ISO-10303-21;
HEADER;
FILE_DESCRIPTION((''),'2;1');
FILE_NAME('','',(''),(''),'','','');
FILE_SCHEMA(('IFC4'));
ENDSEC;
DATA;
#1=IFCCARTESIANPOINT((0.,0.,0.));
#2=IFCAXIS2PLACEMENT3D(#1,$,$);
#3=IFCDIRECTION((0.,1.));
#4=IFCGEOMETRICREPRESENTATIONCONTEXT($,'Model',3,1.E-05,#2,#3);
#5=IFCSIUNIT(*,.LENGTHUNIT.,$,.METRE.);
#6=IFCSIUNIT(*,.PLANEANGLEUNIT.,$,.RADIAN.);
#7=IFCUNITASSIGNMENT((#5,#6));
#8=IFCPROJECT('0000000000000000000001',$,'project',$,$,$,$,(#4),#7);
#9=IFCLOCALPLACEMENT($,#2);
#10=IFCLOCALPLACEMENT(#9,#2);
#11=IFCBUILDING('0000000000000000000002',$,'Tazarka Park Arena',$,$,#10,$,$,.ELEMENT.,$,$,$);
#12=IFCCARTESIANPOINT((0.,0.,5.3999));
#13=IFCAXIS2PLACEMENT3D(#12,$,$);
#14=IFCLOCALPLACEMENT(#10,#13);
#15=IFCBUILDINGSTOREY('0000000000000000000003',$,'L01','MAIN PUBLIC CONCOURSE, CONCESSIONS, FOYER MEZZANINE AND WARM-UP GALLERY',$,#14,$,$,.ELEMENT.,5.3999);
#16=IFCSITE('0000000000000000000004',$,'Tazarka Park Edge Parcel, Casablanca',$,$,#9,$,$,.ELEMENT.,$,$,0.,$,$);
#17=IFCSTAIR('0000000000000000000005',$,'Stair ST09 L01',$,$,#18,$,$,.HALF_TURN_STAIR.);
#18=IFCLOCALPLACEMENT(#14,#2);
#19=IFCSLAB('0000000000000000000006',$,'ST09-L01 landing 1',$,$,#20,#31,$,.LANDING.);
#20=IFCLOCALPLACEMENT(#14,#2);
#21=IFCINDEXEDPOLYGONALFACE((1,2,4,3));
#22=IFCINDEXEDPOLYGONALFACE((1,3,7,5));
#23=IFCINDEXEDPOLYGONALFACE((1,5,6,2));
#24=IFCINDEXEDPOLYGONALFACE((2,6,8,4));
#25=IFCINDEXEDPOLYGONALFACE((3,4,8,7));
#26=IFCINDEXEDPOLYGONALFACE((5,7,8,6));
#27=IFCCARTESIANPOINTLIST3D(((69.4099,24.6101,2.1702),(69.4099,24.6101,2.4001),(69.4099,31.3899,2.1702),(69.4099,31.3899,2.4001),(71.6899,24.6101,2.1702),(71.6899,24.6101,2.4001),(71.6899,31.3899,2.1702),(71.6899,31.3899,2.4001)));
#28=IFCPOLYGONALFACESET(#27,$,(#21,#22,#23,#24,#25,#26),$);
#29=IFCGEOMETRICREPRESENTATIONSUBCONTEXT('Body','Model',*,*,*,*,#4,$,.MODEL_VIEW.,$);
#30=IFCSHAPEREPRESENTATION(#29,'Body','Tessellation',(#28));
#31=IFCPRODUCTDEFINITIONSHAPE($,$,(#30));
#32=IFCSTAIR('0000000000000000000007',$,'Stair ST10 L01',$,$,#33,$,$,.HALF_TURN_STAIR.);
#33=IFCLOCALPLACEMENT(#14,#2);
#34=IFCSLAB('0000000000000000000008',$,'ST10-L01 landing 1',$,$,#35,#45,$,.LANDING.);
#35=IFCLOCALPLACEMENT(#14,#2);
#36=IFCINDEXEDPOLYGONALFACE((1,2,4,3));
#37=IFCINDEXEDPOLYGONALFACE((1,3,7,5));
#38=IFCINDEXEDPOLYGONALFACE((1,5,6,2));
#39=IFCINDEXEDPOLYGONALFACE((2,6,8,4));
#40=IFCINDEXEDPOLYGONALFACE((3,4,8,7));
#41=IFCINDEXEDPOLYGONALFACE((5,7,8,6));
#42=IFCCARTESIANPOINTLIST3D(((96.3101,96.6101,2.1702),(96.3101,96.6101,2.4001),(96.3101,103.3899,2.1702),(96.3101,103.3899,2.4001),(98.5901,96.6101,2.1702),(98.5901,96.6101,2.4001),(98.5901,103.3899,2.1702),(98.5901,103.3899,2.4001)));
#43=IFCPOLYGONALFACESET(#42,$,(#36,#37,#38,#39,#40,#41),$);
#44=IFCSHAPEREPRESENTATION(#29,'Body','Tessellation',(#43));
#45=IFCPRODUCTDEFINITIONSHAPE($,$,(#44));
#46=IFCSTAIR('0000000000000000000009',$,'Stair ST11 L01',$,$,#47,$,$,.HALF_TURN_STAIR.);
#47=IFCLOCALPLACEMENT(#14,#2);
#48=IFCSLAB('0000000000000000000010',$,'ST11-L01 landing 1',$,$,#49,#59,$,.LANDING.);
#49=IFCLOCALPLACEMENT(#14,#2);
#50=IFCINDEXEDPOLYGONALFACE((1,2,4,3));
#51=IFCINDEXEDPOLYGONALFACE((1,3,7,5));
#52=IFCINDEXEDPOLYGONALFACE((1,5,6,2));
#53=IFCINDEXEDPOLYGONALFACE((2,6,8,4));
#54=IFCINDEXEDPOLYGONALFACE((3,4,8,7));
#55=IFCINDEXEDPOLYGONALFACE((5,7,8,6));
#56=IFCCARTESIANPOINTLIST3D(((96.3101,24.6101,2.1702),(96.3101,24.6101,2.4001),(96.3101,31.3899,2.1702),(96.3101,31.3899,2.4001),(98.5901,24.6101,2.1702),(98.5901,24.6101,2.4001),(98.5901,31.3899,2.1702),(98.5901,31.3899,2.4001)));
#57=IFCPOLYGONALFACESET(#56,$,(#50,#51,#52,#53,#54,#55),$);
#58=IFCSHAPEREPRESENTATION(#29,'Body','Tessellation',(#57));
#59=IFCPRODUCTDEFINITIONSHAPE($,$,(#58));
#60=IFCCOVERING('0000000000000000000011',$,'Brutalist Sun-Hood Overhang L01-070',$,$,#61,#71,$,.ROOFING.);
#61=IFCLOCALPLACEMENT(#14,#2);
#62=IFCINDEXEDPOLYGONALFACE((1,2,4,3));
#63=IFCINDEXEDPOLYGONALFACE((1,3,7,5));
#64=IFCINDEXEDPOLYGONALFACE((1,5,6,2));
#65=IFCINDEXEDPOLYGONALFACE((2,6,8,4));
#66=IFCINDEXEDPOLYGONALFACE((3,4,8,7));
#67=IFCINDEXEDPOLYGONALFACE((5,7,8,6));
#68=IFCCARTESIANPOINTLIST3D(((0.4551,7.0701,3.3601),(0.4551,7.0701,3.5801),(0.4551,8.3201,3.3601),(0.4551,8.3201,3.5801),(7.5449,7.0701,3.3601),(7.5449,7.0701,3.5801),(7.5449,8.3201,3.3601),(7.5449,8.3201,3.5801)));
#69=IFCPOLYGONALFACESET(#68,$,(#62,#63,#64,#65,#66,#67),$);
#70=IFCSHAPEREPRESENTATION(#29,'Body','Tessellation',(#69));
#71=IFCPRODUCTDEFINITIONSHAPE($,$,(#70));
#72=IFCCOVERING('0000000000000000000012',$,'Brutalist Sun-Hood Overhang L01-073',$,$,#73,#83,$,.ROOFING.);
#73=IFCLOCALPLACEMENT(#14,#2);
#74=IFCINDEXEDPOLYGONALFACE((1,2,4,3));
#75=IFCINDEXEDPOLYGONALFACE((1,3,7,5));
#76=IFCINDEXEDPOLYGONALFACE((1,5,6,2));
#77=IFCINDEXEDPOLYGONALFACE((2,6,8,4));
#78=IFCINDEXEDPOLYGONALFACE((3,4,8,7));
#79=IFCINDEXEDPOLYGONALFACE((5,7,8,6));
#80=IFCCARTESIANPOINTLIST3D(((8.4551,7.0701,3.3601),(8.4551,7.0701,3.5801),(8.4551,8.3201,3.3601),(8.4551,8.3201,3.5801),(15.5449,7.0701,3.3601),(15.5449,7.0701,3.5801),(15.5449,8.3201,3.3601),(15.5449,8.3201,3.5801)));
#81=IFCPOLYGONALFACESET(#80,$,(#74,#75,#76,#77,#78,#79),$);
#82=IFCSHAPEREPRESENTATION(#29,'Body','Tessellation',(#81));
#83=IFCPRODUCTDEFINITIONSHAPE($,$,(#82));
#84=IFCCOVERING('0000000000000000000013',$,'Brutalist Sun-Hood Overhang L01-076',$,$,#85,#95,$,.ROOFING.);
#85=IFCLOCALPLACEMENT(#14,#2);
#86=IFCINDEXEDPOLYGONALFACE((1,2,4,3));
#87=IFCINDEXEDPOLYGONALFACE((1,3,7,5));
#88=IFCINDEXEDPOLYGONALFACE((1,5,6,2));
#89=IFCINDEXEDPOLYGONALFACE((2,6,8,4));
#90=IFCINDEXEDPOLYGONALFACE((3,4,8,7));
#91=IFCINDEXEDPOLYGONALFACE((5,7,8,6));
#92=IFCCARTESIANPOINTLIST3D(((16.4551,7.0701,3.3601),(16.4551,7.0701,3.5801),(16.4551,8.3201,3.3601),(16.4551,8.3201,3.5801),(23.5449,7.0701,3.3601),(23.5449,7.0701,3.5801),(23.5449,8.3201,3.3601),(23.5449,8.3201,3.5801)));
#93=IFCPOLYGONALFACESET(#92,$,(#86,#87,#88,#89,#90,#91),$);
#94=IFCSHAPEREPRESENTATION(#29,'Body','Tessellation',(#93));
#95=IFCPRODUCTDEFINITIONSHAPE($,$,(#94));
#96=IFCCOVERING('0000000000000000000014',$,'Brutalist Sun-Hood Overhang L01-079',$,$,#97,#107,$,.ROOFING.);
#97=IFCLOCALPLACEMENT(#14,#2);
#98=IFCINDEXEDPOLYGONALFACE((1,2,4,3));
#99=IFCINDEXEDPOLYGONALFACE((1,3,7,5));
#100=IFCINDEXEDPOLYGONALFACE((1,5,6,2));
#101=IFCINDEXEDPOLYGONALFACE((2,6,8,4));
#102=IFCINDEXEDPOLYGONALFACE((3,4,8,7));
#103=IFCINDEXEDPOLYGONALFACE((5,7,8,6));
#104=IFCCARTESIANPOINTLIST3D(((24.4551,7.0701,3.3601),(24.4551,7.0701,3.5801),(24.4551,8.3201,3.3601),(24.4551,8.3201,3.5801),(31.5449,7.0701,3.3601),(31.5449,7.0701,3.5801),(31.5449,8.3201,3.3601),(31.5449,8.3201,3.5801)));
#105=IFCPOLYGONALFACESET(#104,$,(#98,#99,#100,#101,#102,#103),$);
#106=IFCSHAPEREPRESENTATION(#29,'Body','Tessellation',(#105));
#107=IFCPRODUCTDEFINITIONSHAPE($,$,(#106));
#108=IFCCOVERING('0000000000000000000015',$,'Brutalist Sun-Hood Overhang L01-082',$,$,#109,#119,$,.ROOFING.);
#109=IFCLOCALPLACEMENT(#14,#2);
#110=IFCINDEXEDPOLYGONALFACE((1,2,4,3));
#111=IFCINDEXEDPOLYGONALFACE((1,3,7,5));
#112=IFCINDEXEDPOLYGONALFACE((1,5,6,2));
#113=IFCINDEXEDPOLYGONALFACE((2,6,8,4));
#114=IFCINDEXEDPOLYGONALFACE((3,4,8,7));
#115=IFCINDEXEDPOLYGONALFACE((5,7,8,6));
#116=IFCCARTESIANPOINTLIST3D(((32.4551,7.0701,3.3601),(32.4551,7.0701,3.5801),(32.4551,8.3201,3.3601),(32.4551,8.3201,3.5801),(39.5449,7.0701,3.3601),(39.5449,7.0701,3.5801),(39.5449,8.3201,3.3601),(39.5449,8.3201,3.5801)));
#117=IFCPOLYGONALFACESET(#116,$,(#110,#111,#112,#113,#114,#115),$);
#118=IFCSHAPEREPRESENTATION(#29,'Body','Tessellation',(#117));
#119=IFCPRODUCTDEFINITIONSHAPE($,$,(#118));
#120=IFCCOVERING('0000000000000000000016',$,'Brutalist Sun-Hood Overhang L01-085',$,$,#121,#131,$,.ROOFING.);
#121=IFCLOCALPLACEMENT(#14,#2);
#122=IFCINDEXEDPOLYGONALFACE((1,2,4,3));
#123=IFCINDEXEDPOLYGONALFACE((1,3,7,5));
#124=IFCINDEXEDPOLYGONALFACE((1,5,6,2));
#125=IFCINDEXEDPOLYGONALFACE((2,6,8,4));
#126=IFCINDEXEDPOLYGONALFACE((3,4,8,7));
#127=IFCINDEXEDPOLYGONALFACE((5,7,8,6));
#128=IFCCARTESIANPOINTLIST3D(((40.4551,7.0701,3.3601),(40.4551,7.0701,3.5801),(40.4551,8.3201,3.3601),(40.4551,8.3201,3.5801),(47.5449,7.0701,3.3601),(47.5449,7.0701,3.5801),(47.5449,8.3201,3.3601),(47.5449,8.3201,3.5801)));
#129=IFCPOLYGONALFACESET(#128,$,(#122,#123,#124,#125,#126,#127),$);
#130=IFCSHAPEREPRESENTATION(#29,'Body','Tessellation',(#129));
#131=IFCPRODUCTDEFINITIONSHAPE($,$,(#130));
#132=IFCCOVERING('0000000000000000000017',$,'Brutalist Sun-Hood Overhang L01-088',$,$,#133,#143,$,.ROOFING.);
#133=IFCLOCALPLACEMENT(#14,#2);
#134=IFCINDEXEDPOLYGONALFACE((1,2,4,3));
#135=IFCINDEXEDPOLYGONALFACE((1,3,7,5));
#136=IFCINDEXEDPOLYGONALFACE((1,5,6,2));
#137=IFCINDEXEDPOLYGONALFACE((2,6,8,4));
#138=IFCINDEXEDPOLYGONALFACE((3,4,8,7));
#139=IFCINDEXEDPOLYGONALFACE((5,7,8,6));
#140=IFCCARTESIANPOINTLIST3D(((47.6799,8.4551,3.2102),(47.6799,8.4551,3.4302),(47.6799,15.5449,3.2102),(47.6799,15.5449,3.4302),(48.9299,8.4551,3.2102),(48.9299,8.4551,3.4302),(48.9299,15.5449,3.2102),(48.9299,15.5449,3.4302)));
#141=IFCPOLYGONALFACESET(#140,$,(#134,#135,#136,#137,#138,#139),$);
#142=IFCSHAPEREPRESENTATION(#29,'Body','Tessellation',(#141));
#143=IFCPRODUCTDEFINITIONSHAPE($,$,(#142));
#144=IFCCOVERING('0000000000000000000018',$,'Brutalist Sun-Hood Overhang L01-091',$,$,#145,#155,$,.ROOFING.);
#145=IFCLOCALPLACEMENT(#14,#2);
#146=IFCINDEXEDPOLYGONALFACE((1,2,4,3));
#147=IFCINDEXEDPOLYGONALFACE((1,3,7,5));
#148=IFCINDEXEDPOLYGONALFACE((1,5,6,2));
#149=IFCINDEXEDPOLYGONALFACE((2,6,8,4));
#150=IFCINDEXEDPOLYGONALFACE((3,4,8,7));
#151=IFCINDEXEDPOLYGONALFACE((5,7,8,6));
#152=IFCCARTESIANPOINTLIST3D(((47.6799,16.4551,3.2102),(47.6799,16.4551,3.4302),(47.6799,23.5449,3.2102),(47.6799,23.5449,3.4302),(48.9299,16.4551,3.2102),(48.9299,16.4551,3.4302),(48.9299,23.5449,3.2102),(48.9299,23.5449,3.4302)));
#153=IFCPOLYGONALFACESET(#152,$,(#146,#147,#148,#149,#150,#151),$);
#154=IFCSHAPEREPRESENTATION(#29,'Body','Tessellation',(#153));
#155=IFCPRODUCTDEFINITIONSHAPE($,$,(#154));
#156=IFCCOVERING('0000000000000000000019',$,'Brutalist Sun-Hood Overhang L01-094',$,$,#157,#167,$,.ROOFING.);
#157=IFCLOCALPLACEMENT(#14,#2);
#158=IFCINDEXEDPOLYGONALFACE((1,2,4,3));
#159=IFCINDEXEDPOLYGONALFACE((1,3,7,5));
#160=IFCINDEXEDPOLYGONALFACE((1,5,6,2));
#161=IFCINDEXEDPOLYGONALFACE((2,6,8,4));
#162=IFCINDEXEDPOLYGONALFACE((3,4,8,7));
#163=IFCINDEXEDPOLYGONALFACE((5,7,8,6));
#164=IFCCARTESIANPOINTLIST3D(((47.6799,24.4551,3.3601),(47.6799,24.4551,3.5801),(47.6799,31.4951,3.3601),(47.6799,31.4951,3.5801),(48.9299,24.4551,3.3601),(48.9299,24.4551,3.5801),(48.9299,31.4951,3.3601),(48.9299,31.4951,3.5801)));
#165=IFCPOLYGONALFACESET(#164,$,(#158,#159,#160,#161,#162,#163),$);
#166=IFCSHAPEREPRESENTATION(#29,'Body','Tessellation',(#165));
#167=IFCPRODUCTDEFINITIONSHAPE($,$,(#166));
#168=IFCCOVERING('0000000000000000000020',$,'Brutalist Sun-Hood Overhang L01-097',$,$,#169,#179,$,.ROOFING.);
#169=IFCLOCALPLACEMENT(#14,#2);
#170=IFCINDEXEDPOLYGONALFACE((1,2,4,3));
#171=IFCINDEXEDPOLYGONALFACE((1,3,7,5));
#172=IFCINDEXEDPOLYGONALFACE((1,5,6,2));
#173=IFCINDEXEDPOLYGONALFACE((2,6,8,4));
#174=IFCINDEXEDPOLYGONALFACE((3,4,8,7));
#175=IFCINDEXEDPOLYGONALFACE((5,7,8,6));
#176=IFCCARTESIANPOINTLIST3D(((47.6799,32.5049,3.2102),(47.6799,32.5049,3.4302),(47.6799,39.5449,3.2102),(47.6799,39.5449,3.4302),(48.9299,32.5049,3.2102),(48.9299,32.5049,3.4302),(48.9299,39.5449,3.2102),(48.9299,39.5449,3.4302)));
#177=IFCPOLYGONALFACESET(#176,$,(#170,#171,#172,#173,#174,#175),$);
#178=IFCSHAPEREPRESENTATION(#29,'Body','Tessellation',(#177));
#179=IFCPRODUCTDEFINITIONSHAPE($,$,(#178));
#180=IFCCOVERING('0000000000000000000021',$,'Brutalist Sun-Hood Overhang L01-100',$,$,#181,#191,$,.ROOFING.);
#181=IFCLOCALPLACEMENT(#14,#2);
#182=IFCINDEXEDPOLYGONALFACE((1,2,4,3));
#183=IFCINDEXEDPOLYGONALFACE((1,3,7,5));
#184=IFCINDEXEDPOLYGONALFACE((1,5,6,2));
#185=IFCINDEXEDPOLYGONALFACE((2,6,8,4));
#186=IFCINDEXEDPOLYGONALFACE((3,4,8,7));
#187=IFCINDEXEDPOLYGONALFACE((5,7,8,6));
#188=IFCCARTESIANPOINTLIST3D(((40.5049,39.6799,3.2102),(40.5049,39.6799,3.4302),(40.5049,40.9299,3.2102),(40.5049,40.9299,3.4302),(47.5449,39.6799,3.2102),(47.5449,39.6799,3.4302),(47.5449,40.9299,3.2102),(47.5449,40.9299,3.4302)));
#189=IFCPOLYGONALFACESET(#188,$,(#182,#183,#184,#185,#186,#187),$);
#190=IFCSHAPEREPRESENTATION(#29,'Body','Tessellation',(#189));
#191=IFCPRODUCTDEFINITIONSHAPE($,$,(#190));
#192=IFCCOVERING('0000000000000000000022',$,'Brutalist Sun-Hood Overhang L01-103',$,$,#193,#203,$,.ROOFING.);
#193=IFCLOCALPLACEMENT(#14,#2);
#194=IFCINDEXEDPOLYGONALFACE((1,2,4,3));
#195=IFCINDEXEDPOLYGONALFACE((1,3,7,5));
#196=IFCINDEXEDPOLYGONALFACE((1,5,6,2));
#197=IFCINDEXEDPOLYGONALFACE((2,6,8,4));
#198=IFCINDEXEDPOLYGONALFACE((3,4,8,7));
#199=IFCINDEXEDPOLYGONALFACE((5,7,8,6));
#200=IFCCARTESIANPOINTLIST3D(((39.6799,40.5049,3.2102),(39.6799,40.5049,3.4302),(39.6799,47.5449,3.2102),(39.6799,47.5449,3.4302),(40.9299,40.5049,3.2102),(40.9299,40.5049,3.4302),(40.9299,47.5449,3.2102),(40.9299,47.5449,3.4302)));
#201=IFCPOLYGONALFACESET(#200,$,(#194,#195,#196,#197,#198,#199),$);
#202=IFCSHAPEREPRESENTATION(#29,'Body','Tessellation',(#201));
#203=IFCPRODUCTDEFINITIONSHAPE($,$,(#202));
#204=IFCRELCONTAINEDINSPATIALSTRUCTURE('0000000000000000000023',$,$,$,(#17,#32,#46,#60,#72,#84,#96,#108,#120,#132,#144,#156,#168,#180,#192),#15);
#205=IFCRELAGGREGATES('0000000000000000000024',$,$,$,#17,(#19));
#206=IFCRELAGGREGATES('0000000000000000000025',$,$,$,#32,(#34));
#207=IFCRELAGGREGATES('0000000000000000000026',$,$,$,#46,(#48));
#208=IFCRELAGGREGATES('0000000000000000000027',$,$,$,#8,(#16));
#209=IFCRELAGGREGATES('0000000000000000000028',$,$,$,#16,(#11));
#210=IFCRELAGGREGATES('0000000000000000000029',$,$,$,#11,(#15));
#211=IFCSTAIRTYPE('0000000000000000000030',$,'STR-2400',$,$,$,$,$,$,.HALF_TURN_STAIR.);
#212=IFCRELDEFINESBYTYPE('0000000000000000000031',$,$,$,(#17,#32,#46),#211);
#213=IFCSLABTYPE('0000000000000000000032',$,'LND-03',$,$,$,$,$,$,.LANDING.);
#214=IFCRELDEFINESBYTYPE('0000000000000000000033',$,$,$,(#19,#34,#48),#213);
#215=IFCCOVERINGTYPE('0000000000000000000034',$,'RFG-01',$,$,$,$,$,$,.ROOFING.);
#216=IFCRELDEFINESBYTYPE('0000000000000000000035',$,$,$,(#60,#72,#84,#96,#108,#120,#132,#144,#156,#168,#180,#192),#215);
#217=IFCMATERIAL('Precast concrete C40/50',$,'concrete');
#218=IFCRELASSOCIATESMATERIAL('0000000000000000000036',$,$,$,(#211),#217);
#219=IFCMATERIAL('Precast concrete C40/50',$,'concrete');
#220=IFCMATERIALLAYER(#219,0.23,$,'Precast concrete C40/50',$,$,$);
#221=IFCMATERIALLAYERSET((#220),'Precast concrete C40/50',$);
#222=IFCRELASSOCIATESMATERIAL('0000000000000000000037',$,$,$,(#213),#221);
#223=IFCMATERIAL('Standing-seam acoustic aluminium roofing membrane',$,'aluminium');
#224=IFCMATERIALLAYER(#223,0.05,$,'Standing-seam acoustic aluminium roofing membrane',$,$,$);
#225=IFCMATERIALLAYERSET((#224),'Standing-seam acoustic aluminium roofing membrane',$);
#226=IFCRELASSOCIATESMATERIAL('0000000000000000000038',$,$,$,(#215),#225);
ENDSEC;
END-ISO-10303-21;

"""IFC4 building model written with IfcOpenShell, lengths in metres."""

from ifc_helpers import new_model, si_unit, direction, frame, origin, place, context, subcontext, project, spatial, polyline, outline, extrude, material, layer, layer_set, type_object, element, aggregate, save


model = new_model("IFC4")

# Units and contexts
model_context = context("Model", 3, precision=1e-05, world=origin(), true_north=direction((0.0, 1.0)))
body_context = subcontext(model_context, "Body", "Model", "MODEL_VIEW")
ifc_project = project(units=[si_unit("LENGTHUNIT", "METRE"), si_unit("PLANEANGLEUNIT", "RADIAN")], contexts=[model_context])

# Site, building, storey
site_placement = place(None, origin())
site = spatial("IfcSite", under=ifc_project, at=site_placement, Name="Tazarka Park Edge Parcel, Casablanca", CompositionType="ELEMENT", RefElevation=0.0)
building_placement = place(site_placement, origin())
building = spatial("IfcBuilding", under=site, at=building_placement, Name="Tazarka Park Arena", CompositionType="ELEMENT")
storey_placement = place(building_placement, frame((0.0, 0.0, 5.3999)))
storey = spatial("IfcBuildingStorey", under=building, at=storey_placement, Name="L01", Description="MAIN PUBLIC CONCOURSE, CONCESSIONS, FOYER MEZZANINE AND WARM-UP GALLERY", CompositionType="ELEMENT", Elevation=5.3999)

# Stairs, slabs
ifc_material_1 = material(Name="Precast concrete C40/50", Category="concrete")
stair_type = type_object("IfcStairType", Name="STR-2400", PredefinedType="HALF_TURN_STAIR", material=ifc_material_1)
stair_1_placement = place(storey_placement, origin())
stair_1 = element("IfcStair", 1, at=stair_1_placement, inside=storey, type_object=stair_type, Name="Stair ST09 L01", PredefinedType="HALF_TURN_STAIR")
ifc_material_2 = material(Name="Precast concrete C40/50", Category="concrete")
ifc_layer_1 = layer(ifc_material_2, 0.23, Name="Precast concrete C40/50")
ifc_layer_set_1 = layer_set([ifc_layer_1], Name="Precast concrete C40/50")
slab_type = type_object("IfcSlabType", Name="LND-03", PredefinedType="LANDING", material=ifc_layer_set_1)
slab_1_placement = place(storey_placement, frame((0.0, 0.0, 2.1702)))
slab_1 = element("IfcSlab", 2, at=slab_1_placement, type_object=slab_type, Name="ST09-L01 landing 1", PredefinedType="LANDING", context=body_context, shape_type="SweptSolid", body=[
    extrude(outline(polyline([(69.4099, 24.6101), (71.6899, 24.6101), (71.6899, 31.3899), (69.4099, 31.3899), (69.4099, 24.6101)])), origin(), (0.0, 0.0, 1.0), 0.23),
])
aggregate(stair_1, [slab_1])
stair_2_placement = place(storey_placement, origin())
stair_2 = element("IfcStair", 3, at=stair_2_placement, inside=storey, type_object=stair_type, Name="Stair ST10 L01", PredefinedType="HALF_TURN_STAIR")
slab_2_placement = place(storey_placement, frame((0.0, 0.0, 2.1702)))
slab_2 = element("IfcSlab", 4, at=slab_2_placement, type_object=slab_type, Name="ST10-L01 landing 1", PredefinedType="LANDING", context=body_context, shape_type="SweptSolid", body=[
    extrude(outline(polyline([(96.3101, 96.6101), (98.5901, 96.6101), (98.5901, 103.3899), (96.3101, 103.3899), (96.3101, 96.6101)])), origin(), (0.0, 0.0, 1.0), 0.23),
])
aggregate(stair_2, [slab_2])
stair_3_placement = place(storey_placement, origin())
stair_3 = element("IfcStair", 5, at=stair_3_placement, inside=storey, type_object=stair_type, Name="Stair ST11 L01", PredefinedType="HALF_TURN_STAIR")
slab_3_placement = place(storey_placement, frame((0.0, 0.0, 2.1702)))
slab_3 = element("IfcSlab", 6, at=slab_3_placement, type_object=slab_type, Name="ST11-L01 landing 1", PredefinedType="LANDING", context=body_context, shape_type="SweptSolid", body=[
    extrude(outline(polyline([(96.3101, 24.6101), (98.5901, 24.6101), (98.5901, 31.3899), (96.3101, 31.3899), (96.3101, 24.6101)])), origin(), (0.0, 0.0, 1.0), 0.23),
])
aggregate(stair_3, [slab_3])

# Coverings
ifc_material_3 = material(Name="Standing-seam acoustic aluminium roofing membrane", Category="aluminium")
ifc_layer_2 = layer(ifc_material_3, 0.05, Name="Standing-seam acoustic aluminium roofing membrane")
ifc_layer_set_2 = layer_set([ifc_layer_2], Name="Standing-seam acoustic aluminium roofing membrane")
covering_type = type_object("IfcCoveringType", Name="RFG-01", PredefinedType="ROOFING", material=ifc_layer_set_2)
covering_1_placement = place(storey_placement, frame((0.0, 0.0, 3.3601)))
element("IfcCovering", 7, at=covering_1_placement, inside=storey, type_object=covering_type, Name="Brutalist Sun-Hood Overhang L01-070", PredefinedType="ROOFING", context=body_context, shape_type="SweptSolid", body=[
    extrude(outline(polyline([(7.5449, 8.3201), (0.4551, 8.3201), (0.4551, 7.0701), (7.5449, 7.0701), (7.5449, 8.3201)])), origin(), (0.0, 0.0, 1.0), 0.22),
])
covering_2_placement = place(storey_placement, frame((0.0, 0.0, 3.3601)))
element("IfcCovering", 8, at=covering_2_placement, inside=storey, type_object=covering_type, Name="Brutalist Sun-Hood Overhang L01-073", PredefinedType="ROOFING", context=body_context, shape_type="SweptSolid", body=[
    extrude(outline(polyline([(15.5449, 8.3201), (8.4551, 8.3201), (8.4551, 7.0701), (15.5449, 7.0701), (15.5449, 8.3201)])), origin(), (0.0, 0.0, 1.0), 0.22),
])
covering_3_placement = place(storey_placement, frame((0.0, 0.0, 3.3601)))
element("IfcCovering", 9, at=covering_3_placement, inside=storey, type_object=covering_type, Name="Brutalist Sun-Hood Overhang L01-076", PredefinedType="ROOFING", context=body_context, shape_type="SweptSolid", body=[
    extrude(outline(polyline([(23.5449, 8.3201), (16.4551, 8.3201), (16.4551, 7.0701), (23.5449, 7.0701), (23.5449, 8.3201)])), origin(), (0.0, 0.0, 1.0), 0.22),
])
covering_4_placement = place(storey_placement, frame((0.0, 0.0, 3.3601)))
element("IfcCovering", 10, at=covering_4_placement, inside=storey, type_object=covering_type, Name="Brutalist Sun-Hood Overhang L01-079", PredefinedType="ROOFING", context=body_context, shape_type="SweptSolid", body=[
    extrude(outline(polyline([(31.5449, 8.3201), (24.4551, 8.3201), (24.4551, 7.0701), (31.5449, 7.0701), (31.5449, 8.3201)])), origin(), (0.0, 0.0, 1.0), 0.22),
])
covering_5_placement = place(storey_placement, frame((0.0, 0.0, 3.3601)))
element("IfcCovering", 11, at=covering_5_placement, inside=storey, type_object=covering_type, Name="Brutalist Sun-Hood Overhang L01-082", PredefinedType="ROOFING", context=body_context, shape_type="SweptSolid", body=[
    extrude(outline(polyline([(39.5449, 8.3201), (32.4551, 8.3201), (32.4551, 7.0701), (39.5449, 7.0701), (39.5449, 8.3201)])), origin(), (0.0, 0.0, 1.0), 0.22),
])
covering_6_placement = place(storey_placement, frame((0.0, 0.0, 3.3601)))
element("IfcCovering", 12, at=covering_6_placement, inside=storey, type_object=covering_type, Name="Brutalist Sun-Hood Overhang L01-085", PredefinedType="ROOFING", context=body_context, shape_type="SweptSolid", body=[
    extrude(outline(polyline([(47.5449, 8.3201), (40.4551, 8.3201), (40.4551, 7.0701), (47.5449, 7.0701), (47.5449, 8.3201)])), origin(), (0.0, 0.0, 1.0), 0.22),
])
covering_7_placement = place(storey_placement, frame((0.0, 0.0, 3.2102)))
element("IfcCovering", 13, at=covering_7_placement, inside=storey, type_object=covering_type, Name="Brutalist Sun-Hood Overhang L01-088", PredefinedType="ROOFING", context=body_context, shape_type="SweptSolid", body=[
    extrude(outline(polyline([(47.6799, 15.5449), (47.6799, 8.4551), (48.9299, 8.4551), (48.9299, 15.5449), (47.6799, 15.5449)])), origin(), (0.0, 0.0, 1.0), 0.22),
])
covering_8_placement = place(storey_placement, frame((0.0, 0.0, 3.2102)))
element("IfcCovering", 14, at=covering_8_placement, inside=storey, type_object=covering_type, Name="Brutalist Sun-Hood Overhang L01-091", PredefinedType="ROOFING", context=body_context, shape_type="SweptSolid", body=[
    extrude(outline(polyline([(47.6799, 23.5449), (47.6799, 16.4551), (48.9299, 16.4551), (48.9299, 23.5449), (47.6799, 23.5449)])), origin(), (0.0, 0.0, 1.0), 0.22),
])
covering_9_placement = place(storey_placement, frame((0.0, 0.0, 3.3601)))
element("IfcCovering", 15, at=covering_9_placement, inside=storey, type_object=covering_type, Name="Brutalist Sun-Hood Overhang L01-094", PredefinedType="ROOFING", context=body_context, shape_type="SweptSolid", body=[
    extrude(outline(polyline([(47.6799, 31.4951), (47.6799, 24.4551), (48.9299, 24.4551), (48.9299, 31.4951), (47.6799, 31.4951)])), origin(), (0.0, 0.0, 1.0), 0.22),
])
covering_10_placement = place(storey_placement, frame((0.0, 0.0, 3.2102)))
element("IfcCovering", 16, at=covering_10_placement, inside=storey, type_object=covering_type, Name="Brutalist Sun-Hood Overhang L01-097", PredefinedType="ROOFING", context=body_context, shape_type="SweptSolid", body=[
    extrude(outline(polyline([(47.6799, 39.5449), (47.6799, 32.5049), (48.9299, 32.5049), (48.9299, 39.5449), (47.6799, 39.5449)])), origin(), (0.0, 0.0, 1.0), 0.22),
])
covering_11_placement = place(storey_placement, frame((0.0, 0.0, 3.2102)))
element("IfcCovering", 17, at=covering_11_placement, inside=storey, type_object=covering_type, Name="Brutalist Sun-Hood Overhang L01-100", PredefinedType="ROOFING", context=body_context, shape_type="SweptSolid", body=[
    extrude(outline(polyline([(40.5049, 39.6799), (47.5449, 39.6799), (47.5449, 40.9299), (40.5049, 40.9299), (40.5049, 39.6799)])), origin(), (0.0, 0.0, 1.0), 0.22),
])
covering_12_placement = place(storey_placement, frame((0.0, 0.0, 3.2102)))
element("IfcCovering", 18, at=covering_12_placement, inside=storey, type_object=covering_type, Name="Brutalist Sun-Hood Overhang L01-103", PredefinedType="ROOFING", context=body_context, shape_type="SweptSolid", body=[
    extrude(outline(polyline([(39.6799, 47.5449), (39.6799, 40.5049), (40.9299, 40.5049), (40.9299, 47.5449), (39.6799, 47.5449)])), origin(), (0.0, 0.0, 1.0), 0.22),
])

save(model, "model.ifc")
